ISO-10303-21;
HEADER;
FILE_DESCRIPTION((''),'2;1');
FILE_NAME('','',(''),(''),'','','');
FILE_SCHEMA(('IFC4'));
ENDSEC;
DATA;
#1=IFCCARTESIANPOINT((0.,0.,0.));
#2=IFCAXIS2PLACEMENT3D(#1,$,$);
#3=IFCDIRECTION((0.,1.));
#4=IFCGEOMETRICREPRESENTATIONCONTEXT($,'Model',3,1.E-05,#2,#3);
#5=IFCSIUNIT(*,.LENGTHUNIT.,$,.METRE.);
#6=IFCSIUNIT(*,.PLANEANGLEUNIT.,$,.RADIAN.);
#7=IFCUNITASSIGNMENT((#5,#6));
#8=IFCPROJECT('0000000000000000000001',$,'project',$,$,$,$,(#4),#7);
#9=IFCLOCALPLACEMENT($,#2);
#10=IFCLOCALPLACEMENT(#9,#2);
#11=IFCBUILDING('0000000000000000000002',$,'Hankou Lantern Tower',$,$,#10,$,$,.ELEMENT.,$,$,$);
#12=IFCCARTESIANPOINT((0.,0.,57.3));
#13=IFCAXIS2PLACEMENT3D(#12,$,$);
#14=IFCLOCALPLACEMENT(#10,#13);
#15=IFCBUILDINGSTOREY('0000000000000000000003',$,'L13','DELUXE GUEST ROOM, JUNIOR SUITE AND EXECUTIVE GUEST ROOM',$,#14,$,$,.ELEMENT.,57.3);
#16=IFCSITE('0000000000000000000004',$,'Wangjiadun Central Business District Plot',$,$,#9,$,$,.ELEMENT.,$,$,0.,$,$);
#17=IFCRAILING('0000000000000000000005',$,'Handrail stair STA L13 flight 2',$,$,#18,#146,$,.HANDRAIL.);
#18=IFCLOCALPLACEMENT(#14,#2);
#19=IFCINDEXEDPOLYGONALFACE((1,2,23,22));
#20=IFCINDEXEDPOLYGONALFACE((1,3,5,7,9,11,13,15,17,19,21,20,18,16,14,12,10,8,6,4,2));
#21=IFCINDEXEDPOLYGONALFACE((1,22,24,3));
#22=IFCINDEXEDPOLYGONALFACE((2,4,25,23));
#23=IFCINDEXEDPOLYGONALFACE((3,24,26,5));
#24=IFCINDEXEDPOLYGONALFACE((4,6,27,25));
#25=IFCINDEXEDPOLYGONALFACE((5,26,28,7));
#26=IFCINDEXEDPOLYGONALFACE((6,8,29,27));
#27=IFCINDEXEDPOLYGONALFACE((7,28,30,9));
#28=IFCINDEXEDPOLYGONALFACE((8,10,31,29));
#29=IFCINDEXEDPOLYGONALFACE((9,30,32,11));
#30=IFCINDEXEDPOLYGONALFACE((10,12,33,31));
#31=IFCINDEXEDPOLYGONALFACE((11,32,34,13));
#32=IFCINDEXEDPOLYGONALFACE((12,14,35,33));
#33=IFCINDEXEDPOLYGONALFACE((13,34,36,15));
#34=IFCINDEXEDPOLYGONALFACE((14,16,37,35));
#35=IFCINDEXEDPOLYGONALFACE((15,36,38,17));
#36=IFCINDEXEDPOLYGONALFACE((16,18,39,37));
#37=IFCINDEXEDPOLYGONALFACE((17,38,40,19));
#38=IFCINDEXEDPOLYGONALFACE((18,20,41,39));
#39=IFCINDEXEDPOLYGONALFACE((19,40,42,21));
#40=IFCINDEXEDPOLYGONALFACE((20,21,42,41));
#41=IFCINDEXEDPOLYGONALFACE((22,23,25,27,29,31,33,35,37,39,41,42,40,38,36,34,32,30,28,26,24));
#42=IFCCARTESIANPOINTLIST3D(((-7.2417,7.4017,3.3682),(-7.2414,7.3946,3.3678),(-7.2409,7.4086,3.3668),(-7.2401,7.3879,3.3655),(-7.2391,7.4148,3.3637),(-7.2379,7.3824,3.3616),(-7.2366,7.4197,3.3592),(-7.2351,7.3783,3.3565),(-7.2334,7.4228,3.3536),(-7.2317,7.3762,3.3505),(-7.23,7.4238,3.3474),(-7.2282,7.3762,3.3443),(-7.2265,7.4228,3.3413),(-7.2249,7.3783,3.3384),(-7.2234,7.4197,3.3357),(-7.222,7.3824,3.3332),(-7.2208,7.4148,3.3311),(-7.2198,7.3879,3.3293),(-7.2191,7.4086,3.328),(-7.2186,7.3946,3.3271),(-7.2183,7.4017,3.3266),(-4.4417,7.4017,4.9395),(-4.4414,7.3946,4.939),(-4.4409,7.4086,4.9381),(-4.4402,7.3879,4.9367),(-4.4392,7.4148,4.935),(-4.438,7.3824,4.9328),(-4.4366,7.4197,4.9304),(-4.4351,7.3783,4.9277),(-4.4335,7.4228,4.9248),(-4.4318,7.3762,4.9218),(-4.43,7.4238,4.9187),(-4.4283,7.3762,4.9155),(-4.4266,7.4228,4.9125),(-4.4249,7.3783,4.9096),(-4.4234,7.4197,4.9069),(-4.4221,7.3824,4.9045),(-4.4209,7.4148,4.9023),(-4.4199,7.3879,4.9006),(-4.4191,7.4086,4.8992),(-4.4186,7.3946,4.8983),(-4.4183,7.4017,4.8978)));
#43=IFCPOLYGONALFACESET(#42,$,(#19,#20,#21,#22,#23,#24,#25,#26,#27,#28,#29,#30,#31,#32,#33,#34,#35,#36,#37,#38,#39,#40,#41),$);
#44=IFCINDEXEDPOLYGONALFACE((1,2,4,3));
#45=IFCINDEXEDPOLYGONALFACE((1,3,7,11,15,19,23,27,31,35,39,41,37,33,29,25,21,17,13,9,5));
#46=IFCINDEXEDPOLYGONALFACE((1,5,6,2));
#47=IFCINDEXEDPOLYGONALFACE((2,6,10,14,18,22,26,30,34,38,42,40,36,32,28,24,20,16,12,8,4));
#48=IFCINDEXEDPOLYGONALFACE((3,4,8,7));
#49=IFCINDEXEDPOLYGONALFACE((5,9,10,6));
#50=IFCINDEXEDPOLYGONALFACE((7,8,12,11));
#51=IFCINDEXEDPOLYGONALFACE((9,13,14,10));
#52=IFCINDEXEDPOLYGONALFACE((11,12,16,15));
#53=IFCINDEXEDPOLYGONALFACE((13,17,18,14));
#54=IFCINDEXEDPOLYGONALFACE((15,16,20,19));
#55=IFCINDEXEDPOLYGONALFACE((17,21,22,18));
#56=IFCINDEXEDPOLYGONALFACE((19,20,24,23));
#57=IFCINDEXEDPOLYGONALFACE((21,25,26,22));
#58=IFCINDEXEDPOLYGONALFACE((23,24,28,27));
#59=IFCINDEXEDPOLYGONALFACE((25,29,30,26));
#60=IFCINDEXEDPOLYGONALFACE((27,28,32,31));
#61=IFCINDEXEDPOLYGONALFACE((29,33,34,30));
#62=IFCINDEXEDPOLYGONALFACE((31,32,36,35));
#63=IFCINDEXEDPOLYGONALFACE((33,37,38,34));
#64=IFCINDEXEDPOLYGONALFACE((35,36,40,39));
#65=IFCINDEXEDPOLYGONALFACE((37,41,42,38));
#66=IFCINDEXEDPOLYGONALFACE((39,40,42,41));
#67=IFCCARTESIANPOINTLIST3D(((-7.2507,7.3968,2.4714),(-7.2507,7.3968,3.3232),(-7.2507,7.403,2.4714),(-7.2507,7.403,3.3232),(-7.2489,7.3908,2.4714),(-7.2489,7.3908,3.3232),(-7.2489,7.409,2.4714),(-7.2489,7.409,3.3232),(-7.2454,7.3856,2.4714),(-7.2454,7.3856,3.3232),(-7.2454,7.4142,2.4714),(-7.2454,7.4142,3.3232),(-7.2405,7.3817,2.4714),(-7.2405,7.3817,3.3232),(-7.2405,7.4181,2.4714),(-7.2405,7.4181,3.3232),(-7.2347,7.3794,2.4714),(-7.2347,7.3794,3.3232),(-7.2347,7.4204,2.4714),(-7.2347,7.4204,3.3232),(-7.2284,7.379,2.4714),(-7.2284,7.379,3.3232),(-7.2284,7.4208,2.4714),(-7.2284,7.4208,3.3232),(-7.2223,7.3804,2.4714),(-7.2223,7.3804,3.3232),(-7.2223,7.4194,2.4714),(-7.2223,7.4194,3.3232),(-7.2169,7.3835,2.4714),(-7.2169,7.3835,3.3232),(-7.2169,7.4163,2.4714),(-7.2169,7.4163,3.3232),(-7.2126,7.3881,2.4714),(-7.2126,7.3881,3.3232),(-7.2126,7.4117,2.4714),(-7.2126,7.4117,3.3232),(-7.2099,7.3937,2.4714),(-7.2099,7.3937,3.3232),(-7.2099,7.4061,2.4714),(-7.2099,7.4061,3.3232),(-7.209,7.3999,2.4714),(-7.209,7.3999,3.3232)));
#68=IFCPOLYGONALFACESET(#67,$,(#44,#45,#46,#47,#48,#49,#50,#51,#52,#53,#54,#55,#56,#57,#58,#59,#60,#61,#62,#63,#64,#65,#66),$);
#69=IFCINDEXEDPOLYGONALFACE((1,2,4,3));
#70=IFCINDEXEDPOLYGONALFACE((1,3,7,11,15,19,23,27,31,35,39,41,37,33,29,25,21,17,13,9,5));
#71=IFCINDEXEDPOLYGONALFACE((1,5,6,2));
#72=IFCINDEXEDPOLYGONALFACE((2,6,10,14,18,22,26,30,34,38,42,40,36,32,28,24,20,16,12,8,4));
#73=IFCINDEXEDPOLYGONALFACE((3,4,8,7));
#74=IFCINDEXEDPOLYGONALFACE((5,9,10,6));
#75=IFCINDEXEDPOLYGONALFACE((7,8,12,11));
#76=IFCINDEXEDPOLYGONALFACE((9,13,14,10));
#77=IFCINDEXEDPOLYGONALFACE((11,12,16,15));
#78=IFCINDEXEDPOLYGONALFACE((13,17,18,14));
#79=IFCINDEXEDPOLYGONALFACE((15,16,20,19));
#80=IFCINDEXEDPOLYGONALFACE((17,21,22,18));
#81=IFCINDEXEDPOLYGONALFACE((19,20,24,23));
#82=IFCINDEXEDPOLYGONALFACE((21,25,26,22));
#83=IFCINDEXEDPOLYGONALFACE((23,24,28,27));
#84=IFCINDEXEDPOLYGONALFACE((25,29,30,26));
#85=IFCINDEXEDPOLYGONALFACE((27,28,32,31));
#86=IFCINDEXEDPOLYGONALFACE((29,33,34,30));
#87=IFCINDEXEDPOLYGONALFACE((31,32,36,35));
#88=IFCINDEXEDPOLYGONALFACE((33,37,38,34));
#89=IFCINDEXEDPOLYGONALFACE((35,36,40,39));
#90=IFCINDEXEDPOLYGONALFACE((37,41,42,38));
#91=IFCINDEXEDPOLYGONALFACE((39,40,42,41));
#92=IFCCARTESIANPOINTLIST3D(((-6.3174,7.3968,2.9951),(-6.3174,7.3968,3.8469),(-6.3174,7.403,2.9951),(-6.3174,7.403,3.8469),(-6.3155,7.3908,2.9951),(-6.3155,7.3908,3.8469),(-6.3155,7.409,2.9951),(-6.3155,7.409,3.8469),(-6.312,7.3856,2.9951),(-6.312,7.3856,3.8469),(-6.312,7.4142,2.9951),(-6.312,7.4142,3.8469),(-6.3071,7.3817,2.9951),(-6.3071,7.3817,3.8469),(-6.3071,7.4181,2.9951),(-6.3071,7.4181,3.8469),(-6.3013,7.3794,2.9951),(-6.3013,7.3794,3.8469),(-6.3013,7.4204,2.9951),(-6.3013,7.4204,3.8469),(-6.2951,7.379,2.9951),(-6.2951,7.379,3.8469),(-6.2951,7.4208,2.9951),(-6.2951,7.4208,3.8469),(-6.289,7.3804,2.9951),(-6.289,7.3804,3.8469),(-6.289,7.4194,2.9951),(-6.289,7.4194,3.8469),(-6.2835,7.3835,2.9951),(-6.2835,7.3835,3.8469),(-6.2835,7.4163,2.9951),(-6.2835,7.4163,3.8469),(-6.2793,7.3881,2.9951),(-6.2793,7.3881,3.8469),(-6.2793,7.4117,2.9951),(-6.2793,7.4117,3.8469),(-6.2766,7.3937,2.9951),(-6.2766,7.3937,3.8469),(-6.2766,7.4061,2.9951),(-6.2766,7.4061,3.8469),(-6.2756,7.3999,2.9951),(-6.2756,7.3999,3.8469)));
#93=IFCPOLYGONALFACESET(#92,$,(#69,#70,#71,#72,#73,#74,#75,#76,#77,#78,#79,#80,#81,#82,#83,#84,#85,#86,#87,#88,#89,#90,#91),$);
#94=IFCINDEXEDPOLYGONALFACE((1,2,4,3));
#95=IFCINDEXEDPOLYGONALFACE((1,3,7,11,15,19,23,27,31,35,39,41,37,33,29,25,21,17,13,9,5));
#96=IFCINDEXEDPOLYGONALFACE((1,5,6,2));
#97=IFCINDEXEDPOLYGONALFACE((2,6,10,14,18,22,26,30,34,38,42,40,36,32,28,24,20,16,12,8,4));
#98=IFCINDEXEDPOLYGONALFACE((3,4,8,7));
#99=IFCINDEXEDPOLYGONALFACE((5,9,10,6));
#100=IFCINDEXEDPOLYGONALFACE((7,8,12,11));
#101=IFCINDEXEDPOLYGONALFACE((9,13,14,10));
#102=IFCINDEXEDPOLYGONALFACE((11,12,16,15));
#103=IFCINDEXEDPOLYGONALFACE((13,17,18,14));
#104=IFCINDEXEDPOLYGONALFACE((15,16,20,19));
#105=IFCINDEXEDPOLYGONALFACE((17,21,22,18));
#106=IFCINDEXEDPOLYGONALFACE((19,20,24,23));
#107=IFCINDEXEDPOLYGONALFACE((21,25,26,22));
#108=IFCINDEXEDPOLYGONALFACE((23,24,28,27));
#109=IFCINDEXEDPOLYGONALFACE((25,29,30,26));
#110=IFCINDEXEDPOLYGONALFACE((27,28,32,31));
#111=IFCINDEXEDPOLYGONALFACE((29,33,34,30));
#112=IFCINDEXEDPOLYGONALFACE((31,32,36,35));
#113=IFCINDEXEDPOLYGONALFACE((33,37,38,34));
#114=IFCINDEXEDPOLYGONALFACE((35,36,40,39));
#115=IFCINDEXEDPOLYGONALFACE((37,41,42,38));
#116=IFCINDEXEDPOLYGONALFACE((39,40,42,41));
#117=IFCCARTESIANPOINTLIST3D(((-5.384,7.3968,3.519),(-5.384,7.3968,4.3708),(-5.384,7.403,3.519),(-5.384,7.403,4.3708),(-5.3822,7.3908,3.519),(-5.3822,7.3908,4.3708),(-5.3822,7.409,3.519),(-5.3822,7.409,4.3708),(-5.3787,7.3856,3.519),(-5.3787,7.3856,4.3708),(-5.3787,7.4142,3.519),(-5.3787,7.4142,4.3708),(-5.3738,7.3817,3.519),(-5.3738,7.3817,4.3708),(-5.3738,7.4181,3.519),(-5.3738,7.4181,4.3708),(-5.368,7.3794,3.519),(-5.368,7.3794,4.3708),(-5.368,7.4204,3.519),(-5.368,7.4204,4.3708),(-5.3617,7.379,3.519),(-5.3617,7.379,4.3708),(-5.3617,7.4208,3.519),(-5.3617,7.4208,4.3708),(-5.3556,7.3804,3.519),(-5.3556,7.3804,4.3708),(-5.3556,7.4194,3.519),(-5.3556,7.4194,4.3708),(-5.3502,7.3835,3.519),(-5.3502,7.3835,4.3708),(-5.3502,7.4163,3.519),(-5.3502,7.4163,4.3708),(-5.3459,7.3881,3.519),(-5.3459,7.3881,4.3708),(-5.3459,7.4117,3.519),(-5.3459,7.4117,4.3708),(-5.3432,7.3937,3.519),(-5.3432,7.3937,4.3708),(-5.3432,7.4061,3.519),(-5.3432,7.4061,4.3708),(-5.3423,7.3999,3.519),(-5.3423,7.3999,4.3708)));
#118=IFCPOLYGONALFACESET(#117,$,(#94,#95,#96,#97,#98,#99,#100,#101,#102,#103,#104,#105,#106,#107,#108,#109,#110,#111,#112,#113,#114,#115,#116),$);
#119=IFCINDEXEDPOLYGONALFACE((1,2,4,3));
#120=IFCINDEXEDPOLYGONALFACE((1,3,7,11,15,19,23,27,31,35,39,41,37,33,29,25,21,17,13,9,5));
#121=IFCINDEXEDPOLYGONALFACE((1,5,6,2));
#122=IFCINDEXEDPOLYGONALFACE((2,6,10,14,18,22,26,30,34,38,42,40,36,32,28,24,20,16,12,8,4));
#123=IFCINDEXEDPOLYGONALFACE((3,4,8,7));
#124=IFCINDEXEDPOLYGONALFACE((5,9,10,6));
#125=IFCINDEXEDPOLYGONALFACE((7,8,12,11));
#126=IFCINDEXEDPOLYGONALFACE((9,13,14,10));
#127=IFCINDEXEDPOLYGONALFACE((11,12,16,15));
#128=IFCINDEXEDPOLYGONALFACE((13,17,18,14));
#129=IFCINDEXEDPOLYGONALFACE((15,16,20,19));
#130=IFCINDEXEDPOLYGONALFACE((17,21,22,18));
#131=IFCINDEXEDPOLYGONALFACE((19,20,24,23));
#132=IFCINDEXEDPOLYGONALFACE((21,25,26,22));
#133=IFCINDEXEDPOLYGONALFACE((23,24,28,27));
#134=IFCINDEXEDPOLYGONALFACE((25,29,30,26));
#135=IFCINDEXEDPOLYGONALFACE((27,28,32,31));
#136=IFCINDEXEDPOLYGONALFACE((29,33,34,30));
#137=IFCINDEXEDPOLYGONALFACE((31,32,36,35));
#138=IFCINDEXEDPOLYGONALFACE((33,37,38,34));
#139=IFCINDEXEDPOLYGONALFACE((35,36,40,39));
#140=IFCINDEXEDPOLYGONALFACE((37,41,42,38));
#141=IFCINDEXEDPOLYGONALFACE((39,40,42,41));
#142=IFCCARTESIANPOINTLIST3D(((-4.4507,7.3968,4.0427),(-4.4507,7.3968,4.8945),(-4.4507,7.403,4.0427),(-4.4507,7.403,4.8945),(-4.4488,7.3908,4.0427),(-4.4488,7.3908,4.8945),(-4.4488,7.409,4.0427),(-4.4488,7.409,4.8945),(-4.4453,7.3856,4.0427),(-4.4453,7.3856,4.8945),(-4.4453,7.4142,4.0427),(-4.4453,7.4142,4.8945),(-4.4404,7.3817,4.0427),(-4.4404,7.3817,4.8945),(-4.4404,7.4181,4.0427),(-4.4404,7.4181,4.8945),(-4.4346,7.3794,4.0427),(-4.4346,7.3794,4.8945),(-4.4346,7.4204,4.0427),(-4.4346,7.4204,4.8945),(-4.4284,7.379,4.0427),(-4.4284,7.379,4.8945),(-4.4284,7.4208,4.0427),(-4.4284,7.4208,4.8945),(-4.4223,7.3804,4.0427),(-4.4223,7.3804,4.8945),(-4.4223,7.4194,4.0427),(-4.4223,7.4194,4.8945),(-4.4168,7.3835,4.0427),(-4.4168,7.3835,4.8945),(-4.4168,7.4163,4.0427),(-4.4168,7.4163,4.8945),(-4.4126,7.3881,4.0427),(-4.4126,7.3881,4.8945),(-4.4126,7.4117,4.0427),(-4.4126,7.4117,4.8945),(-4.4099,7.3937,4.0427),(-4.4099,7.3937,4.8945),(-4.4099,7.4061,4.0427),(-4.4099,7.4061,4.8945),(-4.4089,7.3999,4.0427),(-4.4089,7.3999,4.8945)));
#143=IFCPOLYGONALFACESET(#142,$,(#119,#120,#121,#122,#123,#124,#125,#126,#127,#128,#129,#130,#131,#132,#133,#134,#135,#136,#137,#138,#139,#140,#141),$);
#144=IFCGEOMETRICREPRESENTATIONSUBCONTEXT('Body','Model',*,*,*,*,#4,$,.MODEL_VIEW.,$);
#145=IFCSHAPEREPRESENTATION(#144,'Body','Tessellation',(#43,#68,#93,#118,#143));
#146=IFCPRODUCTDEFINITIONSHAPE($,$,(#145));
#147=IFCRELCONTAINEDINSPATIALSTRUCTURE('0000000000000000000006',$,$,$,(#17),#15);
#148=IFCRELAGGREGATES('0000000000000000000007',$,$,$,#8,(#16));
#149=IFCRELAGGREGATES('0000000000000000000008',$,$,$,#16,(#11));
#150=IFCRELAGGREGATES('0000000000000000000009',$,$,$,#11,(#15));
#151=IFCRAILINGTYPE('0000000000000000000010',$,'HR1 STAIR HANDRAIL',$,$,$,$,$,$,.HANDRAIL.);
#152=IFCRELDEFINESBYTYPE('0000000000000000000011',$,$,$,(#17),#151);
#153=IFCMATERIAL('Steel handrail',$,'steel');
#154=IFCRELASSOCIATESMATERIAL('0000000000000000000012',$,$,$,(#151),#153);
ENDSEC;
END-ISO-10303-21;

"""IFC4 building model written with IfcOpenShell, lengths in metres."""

from ifc_helpers import new_model, si_unit, direction, frame, origin, origin_2d, place, context, subcontext, project, spatial, circle, extrude, material, type_object, element, save


model = new_model("IFC4")

# Units and contexts
model_context = context("Model", 3, precision=1e-05, world=origin(), true_north=direction((0.0, 1.0)))
body_context = subcontext(model_context, "Body", "Model", "MODEL_VIEW")
ifc_project = project(units=[si_unit("LENGTHUNIT", "METRE"), si_unit("PLANEANGLEUNIT", "RADIAN")], contexts=[model_context])

# Site, building, storey
site_placement = place(None, origin())
site = spatial("IfcSite", under=ifc_project, at=site_placement, Name="Wangjiadun Central Business District Plot", CompositionType="ELEMENT", RefElevation=0.0)
building_placement = place(site_placement, origin())
building = spatial("IfcBuilding", under=site, at=building_placement, Name="Hankou Lantern Tower", CompositionType="ELEMENT")
storey_placement = place(building_placement, frame((0.0, 0.0, 57.3)))
storey = spatial("IfcBuildingStorey", under=building, at=storey_placement, Name="L13", Description="DELUXE GUEST ROOM, JUNIOR SUITE AND EXECUTIVE GUEST ROOM", CompositionType="ELEMENT", Elevation=57.3)

# Railing
ifc_material_1 = material(Name="Steel handrail", Category="steel")
railing_type = type_object("IfcRailingType", Name="HR1 STAIR HANDRAIL", PredefinedType="HANDRAIL", material=ifc_material_1)
railing_1_placement = place(storey_placement, frame((-7.23, 7.3999, 2.4714)))
element("IfcRailing", 1, at=railing_1_placement, inside=storey, type_object=railing_type, Name="Handrail stair STA L13 flight 2", PredefinedType="HANDRAIL", context=body_context, shape_type="SweptSolid", body=[
    extrude(circle(Radius=0.0239, at=origin_2d()), frame((0.0, 0.0, 0.876), z_axis=(0.872073, 0.0, 0.489377), x_axis=(0.0, 1.0, 0.0)), (0.0, 0.0, 1.0), 3.2107),
    extrude(circle(Radius=0.021, at=origin_2d()), origin(), (0.0, 0.0, 1.0), 0.8518),
    extrude(circle(Radius=0.021, at=origin_2d()), frame((0.9333, 0.0, 0.5237)), (0.0, 0.0, 1.0), 0.8518),
    extrude(circle(Radius=0.021, at=origin_2d()), frame((1.8667, 0.0, 1.0476)), (0.0, 0.0, 1.0), 0.8518),
    extrude(circle(Radius=0.021, at=origin_2d()), frame((2.8, 0.0, 1.5713)), (0.0, 0.0, 1.0), 0.8518),
])

save(model, "model.ifc")
